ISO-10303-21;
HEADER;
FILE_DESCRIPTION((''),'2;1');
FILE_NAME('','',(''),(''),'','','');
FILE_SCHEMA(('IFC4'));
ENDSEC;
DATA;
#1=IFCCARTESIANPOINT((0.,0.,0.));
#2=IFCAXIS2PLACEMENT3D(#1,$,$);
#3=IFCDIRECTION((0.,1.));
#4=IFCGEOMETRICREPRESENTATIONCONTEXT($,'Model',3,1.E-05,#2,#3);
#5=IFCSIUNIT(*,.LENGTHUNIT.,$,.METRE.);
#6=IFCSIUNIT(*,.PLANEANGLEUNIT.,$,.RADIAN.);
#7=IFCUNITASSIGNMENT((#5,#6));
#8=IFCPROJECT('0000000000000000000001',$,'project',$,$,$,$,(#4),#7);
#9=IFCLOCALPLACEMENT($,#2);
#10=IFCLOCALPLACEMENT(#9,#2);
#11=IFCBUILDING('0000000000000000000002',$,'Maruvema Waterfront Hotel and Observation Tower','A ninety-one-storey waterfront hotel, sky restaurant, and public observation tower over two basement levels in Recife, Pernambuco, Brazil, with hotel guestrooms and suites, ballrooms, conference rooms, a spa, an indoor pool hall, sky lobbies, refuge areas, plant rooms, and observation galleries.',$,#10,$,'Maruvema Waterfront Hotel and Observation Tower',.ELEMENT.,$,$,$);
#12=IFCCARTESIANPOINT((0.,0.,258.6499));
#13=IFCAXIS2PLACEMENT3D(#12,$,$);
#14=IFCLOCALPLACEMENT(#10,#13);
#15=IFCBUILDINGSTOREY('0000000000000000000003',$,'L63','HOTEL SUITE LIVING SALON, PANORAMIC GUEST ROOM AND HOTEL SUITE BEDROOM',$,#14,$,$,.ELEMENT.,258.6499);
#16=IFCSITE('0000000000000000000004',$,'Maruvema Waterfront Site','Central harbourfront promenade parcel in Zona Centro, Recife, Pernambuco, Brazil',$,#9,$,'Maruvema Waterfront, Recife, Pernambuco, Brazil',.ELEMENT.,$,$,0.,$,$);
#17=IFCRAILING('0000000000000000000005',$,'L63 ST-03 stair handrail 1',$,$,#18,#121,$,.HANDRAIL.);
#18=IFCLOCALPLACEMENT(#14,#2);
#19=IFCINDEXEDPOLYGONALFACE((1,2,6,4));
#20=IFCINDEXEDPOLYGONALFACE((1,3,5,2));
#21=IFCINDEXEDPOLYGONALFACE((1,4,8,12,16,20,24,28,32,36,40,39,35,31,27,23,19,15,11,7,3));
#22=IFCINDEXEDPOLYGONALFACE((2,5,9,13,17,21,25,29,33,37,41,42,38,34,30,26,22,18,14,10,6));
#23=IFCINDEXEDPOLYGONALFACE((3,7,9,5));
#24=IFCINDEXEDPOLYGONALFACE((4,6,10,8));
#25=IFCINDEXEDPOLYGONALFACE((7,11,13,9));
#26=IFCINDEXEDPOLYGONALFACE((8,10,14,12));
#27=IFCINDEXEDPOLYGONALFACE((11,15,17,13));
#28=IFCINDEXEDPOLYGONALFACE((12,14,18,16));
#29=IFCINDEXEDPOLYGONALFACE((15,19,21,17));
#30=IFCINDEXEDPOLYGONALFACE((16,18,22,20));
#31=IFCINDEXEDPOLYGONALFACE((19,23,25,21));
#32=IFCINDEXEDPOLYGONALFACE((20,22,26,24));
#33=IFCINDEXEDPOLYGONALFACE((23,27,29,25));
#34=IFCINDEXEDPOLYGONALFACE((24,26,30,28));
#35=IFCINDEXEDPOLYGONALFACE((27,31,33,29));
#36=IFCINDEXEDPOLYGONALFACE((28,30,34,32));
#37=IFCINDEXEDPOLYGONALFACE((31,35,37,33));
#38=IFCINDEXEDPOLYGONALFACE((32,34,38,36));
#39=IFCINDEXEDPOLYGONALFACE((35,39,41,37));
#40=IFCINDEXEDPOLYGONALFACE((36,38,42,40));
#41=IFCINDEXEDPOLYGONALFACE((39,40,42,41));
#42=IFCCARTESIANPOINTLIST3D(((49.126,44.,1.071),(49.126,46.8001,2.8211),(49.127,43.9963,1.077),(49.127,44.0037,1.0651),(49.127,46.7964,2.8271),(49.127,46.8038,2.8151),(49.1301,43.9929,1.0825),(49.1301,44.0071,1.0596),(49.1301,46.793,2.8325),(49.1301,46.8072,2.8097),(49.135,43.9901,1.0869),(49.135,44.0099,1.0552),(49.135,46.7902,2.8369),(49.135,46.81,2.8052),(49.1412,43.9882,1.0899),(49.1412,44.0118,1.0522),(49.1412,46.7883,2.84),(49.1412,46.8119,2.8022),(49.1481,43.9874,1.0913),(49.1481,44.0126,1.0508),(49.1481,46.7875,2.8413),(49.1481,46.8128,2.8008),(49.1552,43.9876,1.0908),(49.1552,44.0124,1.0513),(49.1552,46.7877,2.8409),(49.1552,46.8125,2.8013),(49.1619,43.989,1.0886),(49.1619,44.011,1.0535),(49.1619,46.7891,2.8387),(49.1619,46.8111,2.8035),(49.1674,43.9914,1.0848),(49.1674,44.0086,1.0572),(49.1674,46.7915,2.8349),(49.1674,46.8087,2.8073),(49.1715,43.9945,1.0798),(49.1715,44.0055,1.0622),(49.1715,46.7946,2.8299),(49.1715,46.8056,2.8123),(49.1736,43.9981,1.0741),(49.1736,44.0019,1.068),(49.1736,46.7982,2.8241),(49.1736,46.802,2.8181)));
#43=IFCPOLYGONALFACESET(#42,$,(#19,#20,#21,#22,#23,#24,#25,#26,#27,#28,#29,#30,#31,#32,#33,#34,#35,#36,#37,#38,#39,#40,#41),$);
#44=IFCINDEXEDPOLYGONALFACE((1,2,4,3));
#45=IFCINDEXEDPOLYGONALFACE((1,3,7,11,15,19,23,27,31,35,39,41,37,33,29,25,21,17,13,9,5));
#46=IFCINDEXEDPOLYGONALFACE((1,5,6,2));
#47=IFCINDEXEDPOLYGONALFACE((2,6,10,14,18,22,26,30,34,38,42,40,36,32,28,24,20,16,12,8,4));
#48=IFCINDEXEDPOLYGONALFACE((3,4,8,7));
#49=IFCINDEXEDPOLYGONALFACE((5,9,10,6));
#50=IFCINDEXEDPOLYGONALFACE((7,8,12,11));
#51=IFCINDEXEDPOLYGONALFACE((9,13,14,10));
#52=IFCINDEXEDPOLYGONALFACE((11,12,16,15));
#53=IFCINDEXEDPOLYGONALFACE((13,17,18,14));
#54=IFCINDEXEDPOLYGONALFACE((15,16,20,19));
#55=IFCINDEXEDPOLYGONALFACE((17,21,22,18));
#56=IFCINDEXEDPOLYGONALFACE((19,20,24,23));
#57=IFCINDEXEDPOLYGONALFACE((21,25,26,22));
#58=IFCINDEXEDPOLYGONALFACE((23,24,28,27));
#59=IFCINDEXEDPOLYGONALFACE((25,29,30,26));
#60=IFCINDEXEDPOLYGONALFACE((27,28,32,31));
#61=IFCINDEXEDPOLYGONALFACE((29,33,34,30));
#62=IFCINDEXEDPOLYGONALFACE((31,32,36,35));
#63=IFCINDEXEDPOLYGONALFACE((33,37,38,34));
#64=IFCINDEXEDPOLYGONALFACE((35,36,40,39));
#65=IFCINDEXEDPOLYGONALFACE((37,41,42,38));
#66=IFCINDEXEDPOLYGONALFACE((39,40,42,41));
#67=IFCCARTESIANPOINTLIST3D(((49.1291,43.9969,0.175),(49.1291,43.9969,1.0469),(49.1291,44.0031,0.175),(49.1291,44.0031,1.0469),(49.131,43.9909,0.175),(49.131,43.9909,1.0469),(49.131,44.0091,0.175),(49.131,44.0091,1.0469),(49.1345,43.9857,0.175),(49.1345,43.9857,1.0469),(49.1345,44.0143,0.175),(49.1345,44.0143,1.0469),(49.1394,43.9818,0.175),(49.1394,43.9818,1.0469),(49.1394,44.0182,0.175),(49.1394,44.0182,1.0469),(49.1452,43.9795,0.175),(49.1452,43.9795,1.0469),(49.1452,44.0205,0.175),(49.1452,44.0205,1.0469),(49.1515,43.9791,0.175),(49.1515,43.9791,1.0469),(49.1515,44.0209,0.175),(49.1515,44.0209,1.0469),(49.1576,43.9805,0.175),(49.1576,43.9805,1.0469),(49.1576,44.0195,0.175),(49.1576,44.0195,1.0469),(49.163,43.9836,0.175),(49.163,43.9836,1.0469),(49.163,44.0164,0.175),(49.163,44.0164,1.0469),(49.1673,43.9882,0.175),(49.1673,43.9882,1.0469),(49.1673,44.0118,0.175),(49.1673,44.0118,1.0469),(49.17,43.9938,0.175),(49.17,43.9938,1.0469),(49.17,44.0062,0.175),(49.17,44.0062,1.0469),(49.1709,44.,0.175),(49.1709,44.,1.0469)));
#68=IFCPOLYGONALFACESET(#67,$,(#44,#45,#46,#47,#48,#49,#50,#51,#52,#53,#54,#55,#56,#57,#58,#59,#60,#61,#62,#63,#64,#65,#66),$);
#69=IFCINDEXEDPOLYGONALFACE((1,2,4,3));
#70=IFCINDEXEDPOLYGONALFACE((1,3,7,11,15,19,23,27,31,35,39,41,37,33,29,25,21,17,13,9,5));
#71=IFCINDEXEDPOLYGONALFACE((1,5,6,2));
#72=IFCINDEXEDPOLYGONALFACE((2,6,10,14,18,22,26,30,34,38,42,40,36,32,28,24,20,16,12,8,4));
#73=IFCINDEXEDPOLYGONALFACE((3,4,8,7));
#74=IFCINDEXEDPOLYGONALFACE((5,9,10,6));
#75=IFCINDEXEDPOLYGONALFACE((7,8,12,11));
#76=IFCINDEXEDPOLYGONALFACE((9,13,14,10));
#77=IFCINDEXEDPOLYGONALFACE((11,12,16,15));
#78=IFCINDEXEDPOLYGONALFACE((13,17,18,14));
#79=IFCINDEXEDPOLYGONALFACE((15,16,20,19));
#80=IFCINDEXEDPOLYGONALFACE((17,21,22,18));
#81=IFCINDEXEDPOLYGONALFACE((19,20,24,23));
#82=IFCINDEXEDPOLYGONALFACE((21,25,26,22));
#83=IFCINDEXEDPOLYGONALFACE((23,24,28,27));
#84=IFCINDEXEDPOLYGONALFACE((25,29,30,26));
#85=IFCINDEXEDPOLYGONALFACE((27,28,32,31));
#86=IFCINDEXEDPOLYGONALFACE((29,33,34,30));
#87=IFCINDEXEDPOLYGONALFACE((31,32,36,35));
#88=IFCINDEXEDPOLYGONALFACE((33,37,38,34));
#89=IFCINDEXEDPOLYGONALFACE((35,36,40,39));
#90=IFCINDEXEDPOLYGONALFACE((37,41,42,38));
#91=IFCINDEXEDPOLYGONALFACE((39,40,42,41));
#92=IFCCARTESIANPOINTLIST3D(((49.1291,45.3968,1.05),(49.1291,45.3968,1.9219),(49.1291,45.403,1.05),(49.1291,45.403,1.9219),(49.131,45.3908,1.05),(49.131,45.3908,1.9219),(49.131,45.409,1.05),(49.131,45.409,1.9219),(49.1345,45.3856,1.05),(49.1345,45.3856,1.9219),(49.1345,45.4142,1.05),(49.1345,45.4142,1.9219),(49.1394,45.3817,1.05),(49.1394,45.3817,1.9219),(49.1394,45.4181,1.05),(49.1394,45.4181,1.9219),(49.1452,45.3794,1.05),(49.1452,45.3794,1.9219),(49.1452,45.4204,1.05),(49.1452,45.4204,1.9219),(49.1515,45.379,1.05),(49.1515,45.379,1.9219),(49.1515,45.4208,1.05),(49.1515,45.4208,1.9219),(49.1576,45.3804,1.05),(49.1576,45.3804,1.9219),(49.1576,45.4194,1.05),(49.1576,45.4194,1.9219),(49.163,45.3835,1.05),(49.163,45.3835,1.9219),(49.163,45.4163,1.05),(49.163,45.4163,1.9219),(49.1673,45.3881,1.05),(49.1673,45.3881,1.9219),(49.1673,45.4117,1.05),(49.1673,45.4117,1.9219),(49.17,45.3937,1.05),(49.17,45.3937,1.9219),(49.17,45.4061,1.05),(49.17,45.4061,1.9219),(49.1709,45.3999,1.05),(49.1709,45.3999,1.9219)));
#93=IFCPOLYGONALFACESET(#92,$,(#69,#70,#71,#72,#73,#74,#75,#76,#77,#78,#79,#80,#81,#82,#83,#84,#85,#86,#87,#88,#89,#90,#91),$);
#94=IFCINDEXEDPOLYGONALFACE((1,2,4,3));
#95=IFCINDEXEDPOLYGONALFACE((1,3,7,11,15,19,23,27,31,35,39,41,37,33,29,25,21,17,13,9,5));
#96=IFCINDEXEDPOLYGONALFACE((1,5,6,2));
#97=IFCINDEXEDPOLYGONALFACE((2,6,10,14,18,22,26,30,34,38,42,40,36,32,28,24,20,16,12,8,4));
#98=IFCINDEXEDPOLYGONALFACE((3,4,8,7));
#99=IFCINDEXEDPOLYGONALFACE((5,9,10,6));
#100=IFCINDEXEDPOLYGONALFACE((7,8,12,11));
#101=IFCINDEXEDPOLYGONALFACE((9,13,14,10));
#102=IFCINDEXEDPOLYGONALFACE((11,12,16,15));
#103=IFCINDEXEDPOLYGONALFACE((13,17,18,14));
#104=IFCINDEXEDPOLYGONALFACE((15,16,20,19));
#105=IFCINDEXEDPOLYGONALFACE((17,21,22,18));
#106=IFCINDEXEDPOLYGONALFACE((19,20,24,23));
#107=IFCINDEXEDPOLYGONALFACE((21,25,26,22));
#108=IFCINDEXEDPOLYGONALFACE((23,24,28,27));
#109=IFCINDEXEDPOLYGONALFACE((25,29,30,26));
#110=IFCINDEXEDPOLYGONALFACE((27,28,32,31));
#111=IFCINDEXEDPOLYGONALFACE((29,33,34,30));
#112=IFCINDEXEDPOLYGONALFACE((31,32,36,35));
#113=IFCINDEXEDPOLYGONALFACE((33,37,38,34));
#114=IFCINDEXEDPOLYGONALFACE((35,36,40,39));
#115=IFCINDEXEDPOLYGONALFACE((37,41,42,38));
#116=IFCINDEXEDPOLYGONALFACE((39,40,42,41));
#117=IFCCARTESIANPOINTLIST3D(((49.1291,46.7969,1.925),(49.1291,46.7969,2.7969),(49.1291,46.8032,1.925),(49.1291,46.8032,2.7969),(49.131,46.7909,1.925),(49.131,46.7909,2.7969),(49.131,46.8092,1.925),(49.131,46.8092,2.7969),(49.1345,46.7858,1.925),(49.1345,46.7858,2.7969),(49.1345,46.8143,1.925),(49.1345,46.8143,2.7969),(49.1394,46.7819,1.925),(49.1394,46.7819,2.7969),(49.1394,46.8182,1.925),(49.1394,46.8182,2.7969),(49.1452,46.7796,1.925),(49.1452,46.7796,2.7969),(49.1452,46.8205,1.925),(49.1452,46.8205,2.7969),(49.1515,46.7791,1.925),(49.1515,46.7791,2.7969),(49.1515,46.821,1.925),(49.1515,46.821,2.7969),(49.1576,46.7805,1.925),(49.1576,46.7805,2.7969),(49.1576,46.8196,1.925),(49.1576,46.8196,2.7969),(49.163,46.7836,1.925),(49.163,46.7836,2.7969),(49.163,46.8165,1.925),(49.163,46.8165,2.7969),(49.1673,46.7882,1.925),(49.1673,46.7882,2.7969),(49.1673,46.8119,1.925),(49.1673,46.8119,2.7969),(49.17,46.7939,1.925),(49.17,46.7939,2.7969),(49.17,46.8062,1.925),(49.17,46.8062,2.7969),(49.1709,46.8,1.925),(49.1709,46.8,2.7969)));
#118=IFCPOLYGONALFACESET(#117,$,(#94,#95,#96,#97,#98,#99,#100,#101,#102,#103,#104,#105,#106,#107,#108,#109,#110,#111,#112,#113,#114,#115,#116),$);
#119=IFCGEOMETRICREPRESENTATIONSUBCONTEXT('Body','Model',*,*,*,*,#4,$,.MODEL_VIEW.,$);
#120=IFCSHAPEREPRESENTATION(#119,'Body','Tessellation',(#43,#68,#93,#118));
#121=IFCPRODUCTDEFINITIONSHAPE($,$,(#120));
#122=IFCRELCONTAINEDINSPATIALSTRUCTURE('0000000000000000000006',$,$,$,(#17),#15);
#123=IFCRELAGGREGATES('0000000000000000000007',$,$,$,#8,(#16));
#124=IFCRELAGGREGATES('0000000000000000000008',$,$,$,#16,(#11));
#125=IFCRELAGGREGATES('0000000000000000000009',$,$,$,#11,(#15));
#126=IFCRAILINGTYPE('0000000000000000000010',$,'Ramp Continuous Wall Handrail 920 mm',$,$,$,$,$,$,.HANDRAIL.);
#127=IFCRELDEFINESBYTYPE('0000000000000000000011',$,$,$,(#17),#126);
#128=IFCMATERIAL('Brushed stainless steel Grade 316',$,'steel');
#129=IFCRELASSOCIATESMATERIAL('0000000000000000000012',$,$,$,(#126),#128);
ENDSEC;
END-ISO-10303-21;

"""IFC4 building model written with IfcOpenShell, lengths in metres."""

from ifc_helpers import new_model, si_unit, direction, frame, origin, origin_2d, place, context, subcontext, project, spatial, circle, extrude, material, type_object, element, save


model = new_model("IFC4")

# Units and contexts
model_context = context("Model", 3, precision=1e-05, world=origin(), true_north=direction((0.0, 1.0)))
body_context = subcontext(model_context, "Body", "Model", "MODEL_VIEW")
ifc_project = project(units=[si_unit("LENGTHUNIT", "METRE"), si_unit("PLANEANGLEUNIT", "RADIAN")], contexts=[model_context])

# Site, building, storey
site_placement = place(None, origin())
site = spatial("IfcSite", under=ifc_project, at=site_placement, Name="Maruvema Waterfront Site", Description="Central harbourfront promenade parcel in Zona Centro, Recife, Pernambuco, Brazil", LongName="Maruvema Waterfront, Recife, Pernambuco, Brazil", CompositionType="ELEMENT", RefElevation=0.0)
building_placement = place(site_placement, origin())
building = spatial("IfcBuilding", under=site, at=building_placement, Name="Maruvema Waterfront Hotel and Observation Tower", Description="A ninety-one-storey waterfront hotel, sky restaurant, and public observation tower over two basement levels in Recife, Pernambuco, Brazil, with hotel guestrooms and suites, ballrooms, conference rooms, a spa, an indoor pool hall, sky lobbies, refuge areas, plant rooms, and observation galleries.", LongName="Maruvema Waterfront Hotel and Observation Tower", CompositionType="ELEMENT")
storey_placement = place(building_placement, frame((0.0, 0.0, 258.6499)))
storey = spatial("IfcBuildingStorey", under=building, at=storey_placement, Name="L63", Description="HOTEL SUITE LIVING SALON, PANORAMIC GUEST ROOM AND HOTEL SUITE BEDROOM", CompositionType="ELEMENT", Elevation=258.6499)

# Railing
ifc_material_1 = material(Name="Brushed stainless steel Grade 316", Category="steel")
railing_type_1 = type_object("IfcRailingType", Name="Ramp Continuous Wall Handrail 920 mm", PredefinedType="HANDRAIL", material=ifc_material_1)
railing_1_placement = place(storey_placement, frame((49.1499, 44.0, 0.175)))
element("IfcRailing", 1, at=railing_1_placement, inside=storey, type_object=railing_type_1, Name="L63 ST-03 stair handrail 1", PredefinedType="HANDRAIL", context=body_context, shape_type="SweptSolid", body=[
    extrude(circle(Radius=0.0239, at=origin_2d()), frame((0.0, 0.0, 0.896), z_axis=(0.0, 0.848002, 0.529992), x_axis=(-1.0, 0.0, 0.0)), (0.0, 0.0, 1.0), 3.302),
    extrude(circle(Radius=0.021, at=origin_2d()), origin(), (0.0, 0.0, 1.0), 0.8718),
    extrude(circle(Radius=0.021, at=origin_2d()), frame((0.0, 1.3999, 0.875)), (0.0, 0.0, 1.0), 0.8718),
    extrude(circle(Radius=0.021, at=origin_2d()), frame((0.0, 2.8, 1.75)), (0.0, 0.0, 1.0), 0.8718),
])

save(model, "model.ifc")
